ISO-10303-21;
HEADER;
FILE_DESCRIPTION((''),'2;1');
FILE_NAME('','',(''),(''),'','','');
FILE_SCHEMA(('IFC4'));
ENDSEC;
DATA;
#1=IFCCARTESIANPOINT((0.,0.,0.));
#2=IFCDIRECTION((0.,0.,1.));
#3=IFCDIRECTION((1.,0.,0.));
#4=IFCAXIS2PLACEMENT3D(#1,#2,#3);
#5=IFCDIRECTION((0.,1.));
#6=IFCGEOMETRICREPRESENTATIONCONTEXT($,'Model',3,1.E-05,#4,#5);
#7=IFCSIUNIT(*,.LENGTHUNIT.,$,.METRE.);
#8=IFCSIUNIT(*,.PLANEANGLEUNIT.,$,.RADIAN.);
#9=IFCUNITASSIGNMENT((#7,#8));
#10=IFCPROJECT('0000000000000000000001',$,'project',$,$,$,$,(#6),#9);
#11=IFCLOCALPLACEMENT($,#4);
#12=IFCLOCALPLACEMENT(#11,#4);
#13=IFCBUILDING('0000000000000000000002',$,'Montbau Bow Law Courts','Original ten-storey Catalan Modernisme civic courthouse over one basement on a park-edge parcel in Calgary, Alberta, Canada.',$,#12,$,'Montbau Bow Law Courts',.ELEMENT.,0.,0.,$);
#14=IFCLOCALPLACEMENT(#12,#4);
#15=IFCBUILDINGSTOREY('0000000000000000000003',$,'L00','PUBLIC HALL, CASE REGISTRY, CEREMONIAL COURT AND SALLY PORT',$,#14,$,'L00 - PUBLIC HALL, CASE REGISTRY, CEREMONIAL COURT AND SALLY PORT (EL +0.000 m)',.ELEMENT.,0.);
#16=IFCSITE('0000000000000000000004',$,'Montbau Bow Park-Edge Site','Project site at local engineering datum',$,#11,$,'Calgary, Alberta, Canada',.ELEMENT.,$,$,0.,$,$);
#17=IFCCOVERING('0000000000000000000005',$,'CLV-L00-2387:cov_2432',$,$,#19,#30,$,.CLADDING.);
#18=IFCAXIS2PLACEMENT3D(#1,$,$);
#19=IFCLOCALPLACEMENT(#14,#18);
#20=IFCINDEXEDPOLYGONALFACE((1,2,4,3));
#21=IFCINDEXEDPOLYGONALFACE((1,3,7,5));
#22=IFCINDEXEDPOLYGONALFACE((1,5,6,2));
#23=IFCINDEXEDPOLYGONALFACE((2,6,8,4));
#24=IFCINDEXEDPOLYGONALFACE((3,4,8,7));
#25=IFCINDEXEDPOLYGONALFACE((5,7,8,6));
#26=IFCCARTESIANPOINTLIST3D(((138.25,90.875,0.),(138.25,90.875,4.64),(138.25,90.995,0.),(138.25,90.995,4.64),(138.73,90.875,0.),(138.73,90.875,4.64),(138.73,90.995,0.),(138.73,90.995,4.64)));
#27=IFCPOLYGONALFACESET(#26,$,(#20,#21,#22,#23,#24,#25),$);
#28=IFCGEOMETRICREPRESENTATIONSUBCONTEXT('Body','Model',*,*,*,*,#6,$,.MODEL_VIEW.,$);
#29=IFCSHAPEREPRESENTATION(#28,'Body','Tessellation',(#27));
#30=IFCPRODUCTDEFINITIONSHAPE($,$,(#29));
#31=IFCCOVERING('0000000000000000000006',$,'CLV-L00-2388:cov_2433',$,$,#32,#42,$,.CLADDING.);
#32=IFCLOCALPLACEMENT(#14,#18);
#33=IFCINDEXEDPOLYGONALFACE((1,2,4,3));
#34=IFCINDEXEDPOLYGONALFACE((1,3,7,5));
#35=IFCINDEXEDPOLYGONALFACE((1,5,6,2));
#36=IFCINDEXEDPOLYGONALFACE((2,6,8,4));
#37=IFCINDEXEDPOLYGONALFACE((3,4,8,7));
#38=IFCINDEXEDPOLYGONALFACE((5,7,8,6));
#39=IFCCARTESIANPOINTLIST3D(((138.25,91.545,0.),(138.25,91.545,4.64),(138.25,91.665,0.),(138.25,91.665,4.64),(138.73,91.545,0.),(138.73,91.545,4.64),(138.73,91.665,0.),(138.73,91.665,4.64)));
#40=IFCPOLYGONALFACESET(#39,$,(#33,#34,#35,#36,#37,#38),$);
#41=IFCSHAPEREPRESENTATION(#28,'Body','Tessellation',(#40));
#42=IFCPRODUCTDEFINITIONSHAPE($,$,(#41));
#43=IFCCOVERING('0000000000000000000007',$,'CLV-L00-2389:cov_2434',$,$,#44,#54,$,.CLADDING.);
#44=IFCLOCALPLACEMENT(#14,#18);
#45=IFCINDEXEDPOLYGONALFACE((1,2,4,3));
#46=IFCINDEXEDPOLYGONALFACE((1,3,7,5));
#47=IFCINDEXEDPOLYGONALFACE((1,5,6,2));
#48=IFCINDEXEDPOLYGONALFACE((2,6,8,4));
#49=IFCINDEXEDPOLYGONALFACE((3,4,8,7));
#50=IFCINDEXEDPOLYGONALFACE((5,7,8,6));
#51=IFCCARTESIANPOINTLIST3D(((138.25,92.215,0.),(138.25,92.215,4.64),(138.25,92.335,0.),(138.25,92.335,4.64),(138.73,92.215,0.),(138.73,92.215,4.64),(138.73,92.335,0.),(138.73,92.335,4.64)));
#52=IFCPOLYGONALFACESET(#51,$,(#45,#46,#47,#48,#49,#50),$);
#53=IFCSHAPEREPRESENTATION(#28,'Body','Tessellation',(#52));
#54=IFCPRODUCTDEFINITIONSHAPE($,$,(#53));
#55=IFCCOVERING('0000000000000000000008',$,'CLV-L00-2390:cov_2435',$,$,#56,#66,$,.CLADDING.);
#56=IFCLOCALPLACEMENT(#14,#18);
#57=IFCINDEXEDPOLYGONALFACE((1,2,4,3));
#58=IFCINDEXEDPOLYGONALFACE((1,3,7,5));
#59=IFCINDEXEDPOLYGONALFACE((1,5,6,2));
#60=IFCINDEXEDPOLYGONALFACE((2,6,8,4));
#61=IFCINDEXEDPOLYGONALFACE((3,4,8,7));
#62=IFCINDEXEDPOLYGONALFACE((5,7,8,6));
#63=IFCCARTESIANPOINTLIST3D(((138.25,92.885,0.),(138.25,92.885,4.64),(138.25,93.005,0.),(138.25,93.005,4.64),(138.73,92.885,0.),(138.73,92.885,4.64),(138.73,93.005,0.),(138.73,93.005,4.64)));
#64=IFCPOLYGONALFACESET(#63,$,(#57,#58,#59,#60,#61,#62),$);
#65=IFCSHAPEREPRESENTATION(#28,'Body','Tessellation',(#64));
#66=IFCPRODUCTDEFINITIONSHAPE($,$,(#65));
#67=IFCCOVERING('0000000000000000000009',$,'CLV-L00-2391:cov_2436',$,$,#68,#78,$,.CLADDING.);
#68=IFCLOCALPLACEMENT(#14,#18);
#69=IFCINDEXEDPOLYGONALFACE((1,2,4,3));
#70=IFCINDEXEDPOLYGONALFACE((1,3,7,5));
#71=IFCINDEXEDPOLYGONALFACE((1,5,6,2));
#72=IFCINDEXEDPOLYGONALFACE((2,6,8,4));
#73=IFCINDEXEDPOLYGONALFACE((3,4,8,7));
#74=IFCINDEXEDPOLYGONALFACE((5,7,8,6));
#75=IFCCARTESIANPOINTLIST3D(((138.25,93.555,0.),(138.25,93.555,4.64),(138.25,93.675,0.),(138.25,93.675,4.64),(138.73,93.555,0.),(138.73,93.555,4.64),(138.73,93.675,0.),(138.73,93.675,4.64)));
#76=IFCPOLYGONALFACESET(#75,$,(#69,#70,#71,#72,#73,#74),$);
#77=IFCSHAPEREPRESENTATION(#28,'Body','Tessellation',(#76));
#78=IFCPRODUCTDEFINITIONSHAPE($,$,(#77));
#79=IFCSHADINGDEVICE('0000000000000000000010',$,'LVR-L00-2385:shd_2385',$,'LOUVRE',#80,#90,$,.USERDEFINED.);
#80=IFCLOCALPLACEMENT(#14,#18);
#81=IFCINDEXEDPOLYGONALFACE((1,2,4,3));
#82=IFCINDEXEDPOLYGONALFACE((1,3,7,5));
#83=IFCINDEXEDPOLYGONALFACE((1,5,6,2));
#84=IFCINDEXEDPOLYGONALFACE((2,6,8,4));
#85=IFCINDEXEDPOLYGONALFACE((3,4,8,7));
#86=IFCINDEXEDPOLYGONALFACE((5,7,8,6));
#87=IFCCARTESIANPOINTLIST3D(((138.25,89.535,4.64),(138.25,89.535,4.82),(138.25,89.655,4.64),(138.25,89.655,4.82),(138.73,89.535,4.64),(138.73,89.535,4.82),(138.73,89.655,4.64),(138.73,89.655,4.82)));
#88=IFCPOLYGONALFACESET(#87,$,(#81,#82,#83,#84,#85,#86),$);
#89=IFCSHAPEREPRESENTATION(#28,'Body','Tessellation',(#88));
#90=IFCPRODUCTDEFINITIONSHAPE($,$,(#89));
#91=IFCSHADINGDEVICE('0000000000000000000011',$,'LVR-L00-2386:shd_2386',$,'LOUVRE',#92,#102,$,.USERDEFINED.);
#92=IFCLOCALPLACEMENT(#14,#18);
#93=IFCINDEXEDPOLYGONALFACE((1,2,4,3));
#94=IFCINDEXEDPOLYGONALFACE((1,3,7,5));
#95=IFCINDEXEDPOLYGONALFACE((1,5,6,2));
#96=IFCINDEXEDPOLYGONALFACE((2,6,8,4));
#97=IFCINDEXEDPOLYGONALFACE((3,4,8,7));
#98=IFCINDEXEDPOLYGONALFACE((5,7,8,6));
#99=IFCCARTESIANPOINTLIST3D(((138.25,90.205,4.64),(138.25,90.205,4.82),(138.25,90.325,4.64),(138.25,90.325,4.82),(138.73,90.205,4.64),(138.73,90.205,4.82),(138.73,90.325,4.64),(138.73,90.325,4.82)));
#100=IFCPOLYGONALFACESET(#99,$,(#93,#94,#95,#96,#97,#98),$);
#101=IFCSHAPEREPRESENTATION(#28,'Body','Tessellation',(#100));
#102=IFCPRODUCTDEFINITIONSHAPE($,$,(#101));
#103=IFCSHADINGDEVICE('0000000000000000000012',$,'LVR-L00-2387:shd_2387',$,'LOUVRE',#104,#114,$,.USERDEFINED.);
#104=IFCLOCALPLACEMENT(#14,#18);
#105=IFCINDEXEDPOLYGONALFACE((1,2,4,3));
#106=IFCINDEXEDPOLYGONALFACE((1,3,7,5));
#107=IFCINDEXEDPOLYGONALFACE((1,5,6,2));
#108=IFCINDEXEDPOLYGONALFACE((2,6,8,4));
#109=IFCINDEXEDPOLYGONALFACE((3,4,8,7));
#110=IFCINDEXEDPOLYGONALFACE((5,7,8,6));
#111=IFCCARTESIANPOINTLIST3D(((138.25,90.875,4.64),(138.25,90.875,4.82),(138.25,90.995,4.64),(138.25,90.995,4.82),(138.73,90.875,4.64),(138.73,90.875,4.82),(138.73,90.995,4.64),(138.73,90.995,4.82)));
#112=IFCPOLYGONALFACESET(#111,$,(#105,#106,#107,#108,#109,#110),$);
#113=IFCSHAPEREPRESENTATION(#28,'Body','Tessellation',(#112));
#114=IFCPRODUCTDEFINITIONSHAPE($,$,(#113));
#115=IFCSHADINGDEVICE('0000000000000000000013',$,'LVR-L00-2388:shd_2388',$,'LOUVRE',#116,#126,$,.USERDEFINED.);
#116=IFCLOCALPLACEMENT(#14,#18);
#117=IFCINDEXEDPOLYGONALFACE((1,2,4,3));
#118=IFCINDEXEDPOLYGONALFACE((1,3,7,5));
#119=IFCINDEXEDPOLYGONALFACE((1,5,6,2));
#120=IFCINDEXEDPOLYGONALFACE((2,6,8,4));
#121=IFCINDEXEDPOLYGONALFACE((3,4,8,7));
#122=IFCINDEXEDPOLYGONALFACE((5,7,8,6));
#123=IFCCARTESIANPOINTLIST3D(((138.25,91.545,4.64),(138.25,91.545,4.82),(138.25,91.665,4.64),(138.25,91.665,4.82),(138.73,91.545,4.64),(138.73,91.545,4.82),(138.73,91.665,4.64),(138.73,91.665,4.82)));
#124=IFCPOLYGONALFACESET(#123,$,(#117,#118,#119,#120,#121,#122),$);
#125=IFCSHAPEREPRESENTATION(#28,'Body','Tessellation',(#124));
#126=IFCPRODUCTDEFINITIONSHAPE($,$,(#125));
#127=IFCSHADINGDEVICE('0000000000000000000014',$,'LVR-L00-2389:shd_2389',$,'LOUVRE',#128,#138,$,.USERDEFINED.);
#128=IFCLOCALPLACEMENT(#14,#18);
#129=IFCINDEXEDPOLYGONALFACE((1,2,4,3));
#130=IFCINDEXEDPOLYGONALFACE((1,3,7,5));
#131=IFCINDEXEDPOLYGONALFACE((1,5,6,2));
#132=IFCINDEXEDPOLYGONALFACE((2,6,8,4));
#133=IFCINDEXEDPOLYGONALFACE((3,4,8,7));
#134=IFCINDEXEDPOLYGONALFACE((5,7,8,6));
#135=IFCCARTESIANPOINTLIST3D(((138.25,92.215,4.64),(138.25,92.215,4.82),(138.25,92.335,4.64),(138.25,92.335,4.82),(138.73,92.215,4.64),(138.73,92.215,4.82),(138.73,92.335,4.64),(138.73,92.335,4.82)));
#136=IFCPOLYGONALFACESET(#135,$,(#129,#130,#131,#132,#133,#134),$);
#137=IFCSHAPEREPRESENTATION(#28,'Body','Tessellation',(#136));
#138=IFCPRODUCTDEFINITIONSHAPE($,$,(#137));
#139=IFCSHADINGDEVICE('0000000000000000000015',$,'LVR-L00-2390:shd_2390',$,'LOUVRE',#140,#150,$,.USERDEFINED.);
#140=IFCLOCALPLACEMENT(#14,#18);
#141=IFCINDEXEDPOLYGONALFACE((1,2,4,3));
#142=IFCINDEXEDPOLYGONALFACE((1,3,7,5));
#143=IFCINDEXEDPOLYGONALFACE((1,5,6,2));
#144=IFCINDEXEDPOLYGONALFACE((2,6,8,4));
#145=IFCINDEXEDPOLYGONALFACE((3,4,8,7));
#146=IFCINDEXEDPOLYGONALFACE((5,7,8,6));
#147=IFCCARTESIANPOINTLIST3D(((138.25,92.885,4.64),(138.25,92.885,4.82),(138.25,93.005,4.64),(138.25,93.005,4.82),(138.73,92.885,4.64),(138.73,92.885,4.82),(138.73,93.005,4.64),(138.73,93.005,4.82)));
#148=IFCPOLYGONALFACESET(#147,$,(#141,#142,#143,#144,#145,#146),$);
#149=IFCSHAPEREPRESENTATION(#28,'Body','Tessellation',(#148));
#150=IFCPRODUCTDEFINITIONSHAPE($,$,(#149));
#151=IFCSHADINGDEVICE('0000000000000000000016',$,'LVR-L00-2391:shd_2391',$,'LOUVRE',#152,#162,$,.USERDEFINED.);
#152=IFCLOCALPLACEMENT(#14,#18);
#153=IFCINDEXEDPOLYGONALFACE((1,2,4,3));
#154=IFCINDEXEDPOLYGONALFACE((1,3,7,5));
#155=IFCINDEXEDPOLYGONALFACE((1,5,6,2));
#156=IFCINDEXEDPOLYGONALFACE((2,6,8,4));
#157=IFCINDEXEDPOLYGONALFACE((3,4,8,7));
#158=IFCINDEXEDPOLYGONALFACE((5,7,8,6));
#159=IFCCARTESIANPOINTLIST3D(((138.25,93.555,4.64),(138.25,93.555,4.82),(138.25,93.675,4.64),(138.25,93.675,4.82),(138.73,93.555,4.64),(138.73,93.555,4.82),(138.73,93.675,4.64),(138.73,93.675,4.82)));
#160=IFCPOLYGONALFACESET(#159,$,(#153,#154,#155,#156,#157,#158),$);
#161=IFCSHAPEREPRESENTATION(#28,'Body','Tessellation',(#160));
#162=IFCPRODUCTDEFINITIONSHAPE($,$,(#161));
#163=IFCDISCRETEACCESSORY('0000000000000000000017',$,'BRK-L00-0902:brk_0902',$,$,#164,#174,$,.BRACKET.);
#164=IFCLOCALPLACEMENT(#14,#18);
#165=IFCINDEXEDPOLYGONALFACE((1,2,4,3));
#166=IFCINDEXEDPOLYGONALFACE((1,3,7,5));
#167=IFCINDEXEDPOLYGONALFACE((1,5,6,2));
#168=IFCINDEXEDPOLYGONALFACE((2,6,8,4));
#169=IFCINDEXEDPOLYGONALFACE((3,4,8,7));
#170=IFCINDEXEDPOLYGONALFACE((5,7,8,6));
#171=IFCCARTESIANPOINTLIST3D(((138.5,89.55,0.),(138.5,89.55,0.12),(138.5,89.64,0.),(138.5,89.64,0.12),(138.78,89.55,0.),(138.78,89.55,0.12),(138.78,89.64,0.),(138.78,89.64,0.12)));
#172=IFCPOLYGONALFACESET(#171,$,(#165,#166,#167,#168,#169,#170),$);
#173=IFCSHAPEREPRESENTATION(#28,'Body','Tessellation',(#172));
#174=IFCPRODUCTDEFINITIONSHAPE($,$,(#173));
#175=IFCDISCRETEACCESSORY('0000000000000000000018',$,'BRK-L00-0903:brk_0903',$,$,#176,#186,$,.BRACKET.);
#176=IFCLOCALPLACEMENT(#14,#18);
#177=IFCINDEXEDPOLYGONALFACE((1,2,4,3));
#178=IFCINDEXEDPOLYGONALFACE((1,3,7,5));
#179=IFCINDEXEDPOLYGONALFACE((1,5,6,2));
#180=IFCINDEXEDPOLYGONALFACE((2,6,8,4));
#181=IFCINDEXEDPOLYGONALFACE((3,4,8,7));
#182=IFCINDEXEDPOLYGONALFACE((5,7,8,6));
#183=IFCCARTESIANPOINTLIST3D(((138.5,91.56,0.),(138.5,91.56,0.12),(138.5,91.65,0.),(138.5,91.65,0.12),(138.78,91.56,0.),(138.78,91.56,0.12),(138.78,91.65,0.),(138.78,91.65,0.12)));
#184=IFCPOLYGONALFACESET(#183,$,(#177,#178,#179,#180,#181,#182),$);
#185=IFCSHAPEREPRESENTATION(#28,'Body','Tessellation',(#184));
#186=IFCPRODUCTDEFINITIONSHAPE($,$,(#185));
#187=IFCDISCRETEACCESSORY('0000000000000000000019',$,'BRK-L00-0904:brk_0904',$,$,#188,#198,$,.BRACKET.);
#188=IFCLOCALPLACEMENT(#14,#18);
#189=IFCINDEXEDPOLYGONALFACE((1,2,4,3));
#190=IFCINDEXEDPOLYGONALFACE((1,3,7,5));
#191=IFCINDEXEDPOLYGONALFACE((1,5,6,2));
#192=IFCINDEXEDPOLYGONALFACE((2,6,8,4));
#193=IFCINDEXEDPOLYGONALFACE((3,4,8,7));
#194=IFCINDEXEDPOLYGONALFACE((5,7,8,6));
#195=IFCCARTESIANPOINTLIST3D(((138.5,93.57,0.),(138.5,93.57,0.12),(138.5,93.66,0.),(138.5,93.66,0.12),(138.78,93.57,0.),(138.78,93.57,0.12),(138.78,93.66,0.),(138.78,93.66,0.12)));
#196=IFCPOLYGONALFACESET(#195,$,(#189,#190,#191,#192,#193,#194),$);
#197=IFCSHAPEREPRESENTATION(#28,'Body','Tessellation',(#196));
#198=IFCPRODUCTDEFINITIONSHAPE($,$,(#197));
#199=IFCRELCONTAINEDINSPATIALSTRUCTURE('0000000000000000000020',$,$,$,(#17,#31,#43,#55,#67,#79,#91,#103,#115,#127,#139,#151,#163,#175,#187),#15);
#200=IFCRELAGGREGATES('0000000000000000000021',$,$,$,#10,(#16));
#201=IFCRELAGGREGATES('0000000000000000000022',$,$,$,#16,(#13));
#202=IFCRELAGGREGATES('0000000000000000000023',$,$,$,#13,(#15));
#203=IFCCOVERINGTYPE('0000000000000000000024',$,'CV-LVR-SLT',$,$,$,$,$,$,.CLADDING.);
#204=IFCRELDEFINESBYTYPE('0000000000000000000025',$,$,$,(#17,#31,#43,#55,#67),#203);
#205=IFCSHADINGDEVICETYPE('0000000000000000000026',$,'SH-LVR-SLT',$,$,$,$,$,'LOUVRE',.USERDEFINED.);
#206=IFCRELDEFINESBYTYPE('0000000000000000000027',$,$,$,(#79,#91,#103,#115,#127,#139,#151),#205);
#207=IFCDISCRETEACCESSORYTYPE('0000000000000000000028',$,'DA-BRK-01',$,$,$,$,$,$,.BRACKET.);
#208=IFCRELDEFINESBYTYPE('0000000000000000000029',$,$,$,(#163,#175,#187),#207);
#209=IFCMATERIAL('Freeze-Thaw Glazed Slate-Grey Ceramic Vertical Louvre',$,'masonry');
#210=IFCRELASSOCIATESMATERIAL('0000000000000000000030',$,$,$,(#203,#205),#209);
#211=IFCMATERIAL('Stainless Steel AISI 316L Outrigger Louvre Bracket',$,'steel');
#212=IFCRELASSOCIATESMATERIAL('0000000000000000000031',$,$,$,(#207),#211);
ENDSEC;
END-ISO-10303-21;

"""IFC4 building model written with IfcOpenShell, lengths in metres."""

from ifc_helpers import new_model, si_unit, direction, frame, frame_2d, origin_with_axes, origin_2d_with_axis, place, context, subcontext, project, spatial, rectangle, extrude, material, type_object, element, save


model = new_model("IFC4")

# Units and contexts
model_context = context("Model", 3, precision=1e-05, world=origin_with_axes(), true_north=direction((0.0, 1.0)))
body_context = subcontext(model_context, "Body", "Model", "MODEL_VIEW")
ifc_project = project(units=[si_unit("LENGTHUNIT", "METRE"), si_unit("PLANEANGLEUNIT", "RADIAN")], contexts=[model_context])

# Site, building, storey
site_placement = place(None, origin_with_axes())
site = spatial("IfcSite", under=ifc_project, at=site_placement, Name="Montbau Bow Park-Edge Site", Description="Project site at local engineering datum", LongName="Calgary, Alberta, Canada", CompositionType="ELEMENT", RefElevation=0.0)
building_placement = place(site_placement, origin_with_axes())
building = spatial("IfcBuilding", under=site, at=building_placement, Name="Montbau Bow Law Courts", Description="Original ten-storey Catalan Modernisme civic courthouse over one basement on a park-edge parcel in Calgary, Alberta, Canada.", LongName="Montbau Bow Law Courts", CompositionType="ELEMENT", ElevationOfRefHeight=0.0, ElevationOfTerrain=0.0)
storey_placement = place(building_placement, origin_with_axes())
storey = spatial("IfcBuildingStorey", under=building, at=storey_placement, Name="L00", Description="PUBLIC HALL, CASE REGISTRY, CEREMONIAL COURT AND SALLY PORT", LongName="L00 - PUBLIC HALL, CASE REGISTRY, CEREMONIAL COURT AND SALLY PORT (EL +0.000 m)", CompositionType="ELEMENT", Elevation=0.0)

# Coverings
ifc_material_1 = material(Name="Freeze-Thaw Glazed Slate-Grey Ceramic Vertical Louvre", Category="masonry")
covering_type = type_object("IfcCoveringType", Name="CV-LVR-SLT", PredefinedType="CLADDING", material=ifc_material_1)
for number, where, z_axis, x_axis, name in (
    (1, (138.73, 90.935, 0.0), (0.0, 1.0, 0.0), (-1.0, 0.0, 0.0), "CLV-L00-2387:cov_2432"),
    (2, (138.73, 91.605, 0.0), (0.0, 1.0, 0.0), (-1.0, 0.0, 0.0), "CLV-L00-2388:cov_2433"),
    (3, (138.73, 92.275, 0.0), (0.0, 1.0, 0.0), (-1.0, 0.0, 0.0), "CLV-L00-2389:cov_2434"),
    (4, (138.73, 92.945, 0.0), (0.0, 1.0, 0.0), (-1.0, 0.0, 0.0), "CLV-L00-2390:cov_2435"),
    (5, (138.73, 93.615, 0.0), (0.0, 1.0, 0.0), (-1.0, 0.0, 0.0), "CLV-L00-2391:cov_2436"),
):
    element("IfcCovering", number, at=place(None, frame(where, z_axis=z_axis, x_axis=x_axis)), inside=storey, type_object=covering_type, Name=name, PredefinedType="CLADDING", context=body_context, shape_type="SweptSolid", body=[
        extrude(rectangle(XDim=0.48, YDim=4.64, at=frame_2d((0.24, 2.32), x_axis=(1.0, 0.0))), frame((0.0, 0.0, -0.06), z_axis=(0.0, 0.0, 1.0), x_axis=(1.0, 0.0, 0.0)), (0.0, 0.0, 1.0), 0.12),
    ])

# Shading devices
shading_device_type = type_object("IfcShadingDeviceType", Name="SH-LVR-SLT", ElementType="LOUVRE", PredefinedType="USERDEFINED", material=ifc_material_1)
for number, where, z_axis, x_axis, name in (
    (6, (138.49, 89.595, 4.64), (0.0, 0.0, 1.0), (-1.0, 0.0, 0.0), "LVR-L00-2385:shd_2385"),
    (7, (138.49, 90.265, 4.64), (0.0, 0.0, 1.0), (-1.0, 0.0, 0.0), "LVR-L00-2386:shd_2386"),
    (8, (138.49, 90.935, 4.64), (0.0, 0.0, 1.0), (-1.0, 0.0, 0.0), "LVR-L00-2387:shd_2387"),
    (9, (138.49, 91.605, 4.64), (0.0, 0.0, 1.0), (-1.0, 0.0, 0.0), "LVR-L00-2388:shd_2388"),
    (10, (138.49, 92.275, 4.64), (0.0, 0.0, 1.0), (-1.0, 0.0, 0.0), "LVR-L00-2389:shd_2389"),
    (11, (138.49, 92.945, 4.64), (0.0, 0.0, 1.0), (-1.0, 0.0, 0.0), "LVR-L00-2390:shd_2390"),
    (12, (138.49, 93.615, 4.64), (0.0, 0.0, 1.0), (-1.0, 0.0, 0.0), "LVR-L00-2391:shd_2391"),
):
    element("IfcShadingDevice", number, at=place(None, frame(where, z_axis=z_axis, x_axis=x_axis)), inside=storey, type_object=shading_device_type, Name=name, ObjectType="LOUVRE", PredefinedType="USERDEFINED", context=body_context, shape_type="SweptSolid", body=[
        extrude(rectangle(XDim=0.48, YDim=0.12, at=origin_2d_with_axis()), origin_with_axes(), (0.0, 0.0, 1.0), 0.18),
    ])

# Discrete accessories
ifc_material_2 = material(Name="Stainless Steel AISI 316L Outrigger Louvre Bracket", Category="steel")
discrete_accessory_type = type_object("IfcDiscreteAccessoryType", Name="DA-BRK-01", PredefinedType="BRACKET", material=ifc_material_2)
for number, where, z_axis, x_axis, name in (
    (13, (138.64, 89.595, 0.0), (0.0, 0.0, 1.0), (-1.0, 0.0, 0.0), "BRK-L00-0902:brk_0902"),
    (14, (138.64, 91.605, 0.0), (0.0, 0.0, 1.0), (-1.0, 0.0, 0.0), "BRK-L00-0903:brk_0903"),
    (15, (138.64, 93.615, 0.0), (0.0, 0.0, 1.0), (-1.0, 0.0, 0.0), "BRK-L00-0904:brk_0904"),
):
    element("IfcDiscreteAccessory", number, at=place(None, frame(where, z_axis=z_axis, x_axis=x_axis)), inside=storey, type_object=discrete_accessory_type, Name=name, PredefinedType="BRACKET", context=body_context, shape_type="SweptSolid", body=[
        extrude(rectangle(XDim=0.28, YDim=0.09, at=origin_2d_with_axis()), origin_with_axes(), (0.0, 0.0, 1.0), 0.12),
    ])

save(model, "model.ifc")
